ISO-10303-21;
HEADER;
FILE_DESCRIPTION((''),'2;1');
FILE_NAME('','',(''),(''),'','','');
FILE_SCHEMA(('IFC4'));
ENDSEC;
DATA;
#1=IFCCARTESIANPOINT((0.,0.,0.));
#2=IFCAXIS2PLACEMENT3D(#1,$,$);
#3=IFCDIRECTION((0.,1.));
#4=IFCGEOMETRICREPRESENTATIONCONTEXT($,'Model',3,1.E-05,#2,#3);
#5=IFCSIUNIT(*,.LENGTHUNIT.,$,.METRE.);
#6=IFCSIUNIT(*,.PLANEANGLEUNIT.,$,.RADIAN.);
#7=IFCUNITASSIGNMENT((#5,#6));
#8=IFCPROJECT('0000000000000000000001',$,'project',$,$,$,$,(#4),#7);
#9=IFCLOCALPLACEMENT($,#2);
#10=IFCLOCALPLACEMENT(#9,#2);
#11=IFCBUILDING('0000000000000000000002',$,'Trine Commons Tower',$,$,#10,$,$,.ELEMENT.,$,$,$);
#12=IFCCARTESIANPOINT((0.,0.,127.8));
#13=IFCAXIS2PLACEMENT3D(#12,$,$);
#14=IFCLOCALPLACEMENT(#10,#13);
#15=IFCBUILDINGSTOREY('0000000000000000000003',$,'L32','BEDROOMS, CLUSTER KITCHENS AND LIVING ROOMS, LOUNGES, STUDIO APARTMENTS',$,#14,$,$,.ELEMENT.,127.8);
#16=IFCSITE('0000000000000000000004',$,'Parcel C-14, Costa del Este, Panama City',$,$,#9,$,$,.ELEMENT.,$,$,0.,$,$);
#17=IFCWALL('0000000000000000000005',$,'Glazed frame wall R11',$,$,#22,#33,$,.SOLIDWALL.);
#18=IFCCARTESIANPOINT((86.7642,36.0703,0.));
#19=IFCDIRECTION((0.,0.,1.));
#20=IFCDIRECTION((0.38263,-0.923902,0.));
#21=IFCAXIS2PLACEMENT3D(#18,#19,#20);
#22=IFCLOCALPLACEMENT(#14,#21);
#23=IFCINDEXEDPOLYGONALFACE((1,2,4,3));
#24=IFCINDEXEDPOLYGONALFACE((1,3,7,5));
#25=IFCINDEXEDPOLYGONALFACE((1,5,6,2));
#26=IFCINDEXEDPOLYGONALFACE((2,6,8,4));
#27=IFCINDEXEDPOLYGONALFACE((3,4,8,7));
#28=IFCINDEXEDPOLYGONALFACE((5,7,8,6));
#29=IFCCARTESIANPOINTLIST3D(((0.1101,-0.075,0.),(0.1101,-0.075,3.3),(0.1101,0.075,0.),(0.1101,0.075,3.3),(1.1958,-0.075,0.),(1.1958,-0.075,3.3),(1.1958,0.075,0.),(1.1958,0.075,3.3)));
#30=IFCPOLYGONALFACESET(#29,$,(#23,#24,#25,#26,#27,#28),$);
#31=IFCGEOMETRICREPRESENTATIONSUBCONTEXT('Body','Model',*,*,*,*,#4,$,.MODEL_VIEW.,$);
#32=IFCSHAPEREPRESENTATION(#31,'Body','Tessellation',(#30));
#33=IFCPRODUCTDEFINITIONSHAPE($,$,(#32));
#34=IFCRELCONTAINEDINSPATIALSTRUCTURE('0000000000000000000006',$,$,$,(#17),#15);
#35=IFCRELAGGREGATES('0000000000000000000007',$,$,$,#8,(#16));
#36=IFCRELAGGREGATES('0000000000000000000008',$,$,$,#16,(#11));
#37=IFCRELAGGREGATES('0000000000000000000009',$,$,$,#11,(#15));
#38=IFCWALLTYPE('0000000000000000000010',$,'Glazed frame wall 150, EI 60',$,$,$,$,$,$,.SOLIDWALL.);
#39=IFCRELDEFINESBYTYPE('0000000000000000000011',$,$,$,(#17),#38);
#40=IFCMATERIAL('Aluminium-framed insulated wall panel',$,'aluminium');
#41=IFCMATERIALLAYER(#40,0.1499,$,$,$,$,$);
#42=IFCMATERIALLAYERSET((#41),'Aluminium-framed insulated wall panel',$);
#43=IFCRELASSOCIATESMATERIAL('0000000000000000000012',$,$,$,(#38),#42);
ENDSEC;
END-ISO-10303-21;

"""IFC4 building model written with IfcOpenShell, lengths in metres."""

from ifc_helpers import new_model, si_unit, direction, frame, origin, place, context, subcontext, project, spatial, polyline, outline, extrude, material, layer, layer_set, type_object, element, save


model = new_model("IFC4")

# Units and contexts
model_context = context("Model", 3, precision=1e-05, world=origin(), true_north=direction((0.0, 1.0)))
body_context = subcontext(model_context, "Body", "Model", "MODEL_VIEW")
ifc_project = project(units=[si_unit("LENGTHUNIT", "METRE"), si_unit("PLANEANGLEUNIT", "RADIAN")], contexts=[model_context])

# Site, building, storey
site_placement = place(None, origin())
site = spatial("IfcSite", under=ifc_project, at=site_placement, Name="Parcel C-14, Costa del Este, Panama City", CompositionType="ELEMENT", RefElevation=0.0)
building_placement = place(site_placement, origin())
building = spatial("IfcBuilding", under=site, at=building_placement, Name="Trine Commons Tower", CompositionType="ELEMENT")
storey_placement = place(building_placement, frame((0.0, 0.0, 127.8)))
storey = spatial("IfcBuildingStorey", under=building, at=storey_placement, Name="L32", Description="BEDROOMS, CLUSTER KITCHENS AND LIVING ROOMS, LOUNGES, STUDIO APARTMENTS", CompositionType="ELEMENT", Elevation=127.8)

# Shared definitions
ifc_material_1 = material(Name="Aluminium-framed insulated wall panel", Category="aluminium")
ifc_layer_1 = layer(ifc_material_1, 0.1499)
ifc_layer_set_1 = layer_set([ifc_layer_1], Name="Aluminium-framed insulated wall panel")
wall_type_1 = type_object("IfcWallType", Name="Glazed frame wall 150, EI 60", PredefinedType="SOLIDWALL", material=ifc_layer_set_1)

# Wall
wall_1_placement = place(storey_placement, frame((86.7642, 36.0703, 0.0), z_axis=(0.0, 0.0, 1.0), x_axis=(0.38263, -0.923902, 0.0)))
element("IfcWall", 1, at=wall_1_placement, inside=storey, type_object=wall_type_1, Name="Glazed frame wall R11", PredefinedType="SOLIDWALL", context=body_context, shape_type="SweptSolid", body=[
    extrude(outline(polyline([(0.1101, 0.075), (0.1101, -0.075), (1.1958, -0.075), (1.1958, 0.075), (0.1101, 0.075)])), origin(), (0.0, 0.0, 1.0), 3.3),
])

save(model, "model.ifc")
